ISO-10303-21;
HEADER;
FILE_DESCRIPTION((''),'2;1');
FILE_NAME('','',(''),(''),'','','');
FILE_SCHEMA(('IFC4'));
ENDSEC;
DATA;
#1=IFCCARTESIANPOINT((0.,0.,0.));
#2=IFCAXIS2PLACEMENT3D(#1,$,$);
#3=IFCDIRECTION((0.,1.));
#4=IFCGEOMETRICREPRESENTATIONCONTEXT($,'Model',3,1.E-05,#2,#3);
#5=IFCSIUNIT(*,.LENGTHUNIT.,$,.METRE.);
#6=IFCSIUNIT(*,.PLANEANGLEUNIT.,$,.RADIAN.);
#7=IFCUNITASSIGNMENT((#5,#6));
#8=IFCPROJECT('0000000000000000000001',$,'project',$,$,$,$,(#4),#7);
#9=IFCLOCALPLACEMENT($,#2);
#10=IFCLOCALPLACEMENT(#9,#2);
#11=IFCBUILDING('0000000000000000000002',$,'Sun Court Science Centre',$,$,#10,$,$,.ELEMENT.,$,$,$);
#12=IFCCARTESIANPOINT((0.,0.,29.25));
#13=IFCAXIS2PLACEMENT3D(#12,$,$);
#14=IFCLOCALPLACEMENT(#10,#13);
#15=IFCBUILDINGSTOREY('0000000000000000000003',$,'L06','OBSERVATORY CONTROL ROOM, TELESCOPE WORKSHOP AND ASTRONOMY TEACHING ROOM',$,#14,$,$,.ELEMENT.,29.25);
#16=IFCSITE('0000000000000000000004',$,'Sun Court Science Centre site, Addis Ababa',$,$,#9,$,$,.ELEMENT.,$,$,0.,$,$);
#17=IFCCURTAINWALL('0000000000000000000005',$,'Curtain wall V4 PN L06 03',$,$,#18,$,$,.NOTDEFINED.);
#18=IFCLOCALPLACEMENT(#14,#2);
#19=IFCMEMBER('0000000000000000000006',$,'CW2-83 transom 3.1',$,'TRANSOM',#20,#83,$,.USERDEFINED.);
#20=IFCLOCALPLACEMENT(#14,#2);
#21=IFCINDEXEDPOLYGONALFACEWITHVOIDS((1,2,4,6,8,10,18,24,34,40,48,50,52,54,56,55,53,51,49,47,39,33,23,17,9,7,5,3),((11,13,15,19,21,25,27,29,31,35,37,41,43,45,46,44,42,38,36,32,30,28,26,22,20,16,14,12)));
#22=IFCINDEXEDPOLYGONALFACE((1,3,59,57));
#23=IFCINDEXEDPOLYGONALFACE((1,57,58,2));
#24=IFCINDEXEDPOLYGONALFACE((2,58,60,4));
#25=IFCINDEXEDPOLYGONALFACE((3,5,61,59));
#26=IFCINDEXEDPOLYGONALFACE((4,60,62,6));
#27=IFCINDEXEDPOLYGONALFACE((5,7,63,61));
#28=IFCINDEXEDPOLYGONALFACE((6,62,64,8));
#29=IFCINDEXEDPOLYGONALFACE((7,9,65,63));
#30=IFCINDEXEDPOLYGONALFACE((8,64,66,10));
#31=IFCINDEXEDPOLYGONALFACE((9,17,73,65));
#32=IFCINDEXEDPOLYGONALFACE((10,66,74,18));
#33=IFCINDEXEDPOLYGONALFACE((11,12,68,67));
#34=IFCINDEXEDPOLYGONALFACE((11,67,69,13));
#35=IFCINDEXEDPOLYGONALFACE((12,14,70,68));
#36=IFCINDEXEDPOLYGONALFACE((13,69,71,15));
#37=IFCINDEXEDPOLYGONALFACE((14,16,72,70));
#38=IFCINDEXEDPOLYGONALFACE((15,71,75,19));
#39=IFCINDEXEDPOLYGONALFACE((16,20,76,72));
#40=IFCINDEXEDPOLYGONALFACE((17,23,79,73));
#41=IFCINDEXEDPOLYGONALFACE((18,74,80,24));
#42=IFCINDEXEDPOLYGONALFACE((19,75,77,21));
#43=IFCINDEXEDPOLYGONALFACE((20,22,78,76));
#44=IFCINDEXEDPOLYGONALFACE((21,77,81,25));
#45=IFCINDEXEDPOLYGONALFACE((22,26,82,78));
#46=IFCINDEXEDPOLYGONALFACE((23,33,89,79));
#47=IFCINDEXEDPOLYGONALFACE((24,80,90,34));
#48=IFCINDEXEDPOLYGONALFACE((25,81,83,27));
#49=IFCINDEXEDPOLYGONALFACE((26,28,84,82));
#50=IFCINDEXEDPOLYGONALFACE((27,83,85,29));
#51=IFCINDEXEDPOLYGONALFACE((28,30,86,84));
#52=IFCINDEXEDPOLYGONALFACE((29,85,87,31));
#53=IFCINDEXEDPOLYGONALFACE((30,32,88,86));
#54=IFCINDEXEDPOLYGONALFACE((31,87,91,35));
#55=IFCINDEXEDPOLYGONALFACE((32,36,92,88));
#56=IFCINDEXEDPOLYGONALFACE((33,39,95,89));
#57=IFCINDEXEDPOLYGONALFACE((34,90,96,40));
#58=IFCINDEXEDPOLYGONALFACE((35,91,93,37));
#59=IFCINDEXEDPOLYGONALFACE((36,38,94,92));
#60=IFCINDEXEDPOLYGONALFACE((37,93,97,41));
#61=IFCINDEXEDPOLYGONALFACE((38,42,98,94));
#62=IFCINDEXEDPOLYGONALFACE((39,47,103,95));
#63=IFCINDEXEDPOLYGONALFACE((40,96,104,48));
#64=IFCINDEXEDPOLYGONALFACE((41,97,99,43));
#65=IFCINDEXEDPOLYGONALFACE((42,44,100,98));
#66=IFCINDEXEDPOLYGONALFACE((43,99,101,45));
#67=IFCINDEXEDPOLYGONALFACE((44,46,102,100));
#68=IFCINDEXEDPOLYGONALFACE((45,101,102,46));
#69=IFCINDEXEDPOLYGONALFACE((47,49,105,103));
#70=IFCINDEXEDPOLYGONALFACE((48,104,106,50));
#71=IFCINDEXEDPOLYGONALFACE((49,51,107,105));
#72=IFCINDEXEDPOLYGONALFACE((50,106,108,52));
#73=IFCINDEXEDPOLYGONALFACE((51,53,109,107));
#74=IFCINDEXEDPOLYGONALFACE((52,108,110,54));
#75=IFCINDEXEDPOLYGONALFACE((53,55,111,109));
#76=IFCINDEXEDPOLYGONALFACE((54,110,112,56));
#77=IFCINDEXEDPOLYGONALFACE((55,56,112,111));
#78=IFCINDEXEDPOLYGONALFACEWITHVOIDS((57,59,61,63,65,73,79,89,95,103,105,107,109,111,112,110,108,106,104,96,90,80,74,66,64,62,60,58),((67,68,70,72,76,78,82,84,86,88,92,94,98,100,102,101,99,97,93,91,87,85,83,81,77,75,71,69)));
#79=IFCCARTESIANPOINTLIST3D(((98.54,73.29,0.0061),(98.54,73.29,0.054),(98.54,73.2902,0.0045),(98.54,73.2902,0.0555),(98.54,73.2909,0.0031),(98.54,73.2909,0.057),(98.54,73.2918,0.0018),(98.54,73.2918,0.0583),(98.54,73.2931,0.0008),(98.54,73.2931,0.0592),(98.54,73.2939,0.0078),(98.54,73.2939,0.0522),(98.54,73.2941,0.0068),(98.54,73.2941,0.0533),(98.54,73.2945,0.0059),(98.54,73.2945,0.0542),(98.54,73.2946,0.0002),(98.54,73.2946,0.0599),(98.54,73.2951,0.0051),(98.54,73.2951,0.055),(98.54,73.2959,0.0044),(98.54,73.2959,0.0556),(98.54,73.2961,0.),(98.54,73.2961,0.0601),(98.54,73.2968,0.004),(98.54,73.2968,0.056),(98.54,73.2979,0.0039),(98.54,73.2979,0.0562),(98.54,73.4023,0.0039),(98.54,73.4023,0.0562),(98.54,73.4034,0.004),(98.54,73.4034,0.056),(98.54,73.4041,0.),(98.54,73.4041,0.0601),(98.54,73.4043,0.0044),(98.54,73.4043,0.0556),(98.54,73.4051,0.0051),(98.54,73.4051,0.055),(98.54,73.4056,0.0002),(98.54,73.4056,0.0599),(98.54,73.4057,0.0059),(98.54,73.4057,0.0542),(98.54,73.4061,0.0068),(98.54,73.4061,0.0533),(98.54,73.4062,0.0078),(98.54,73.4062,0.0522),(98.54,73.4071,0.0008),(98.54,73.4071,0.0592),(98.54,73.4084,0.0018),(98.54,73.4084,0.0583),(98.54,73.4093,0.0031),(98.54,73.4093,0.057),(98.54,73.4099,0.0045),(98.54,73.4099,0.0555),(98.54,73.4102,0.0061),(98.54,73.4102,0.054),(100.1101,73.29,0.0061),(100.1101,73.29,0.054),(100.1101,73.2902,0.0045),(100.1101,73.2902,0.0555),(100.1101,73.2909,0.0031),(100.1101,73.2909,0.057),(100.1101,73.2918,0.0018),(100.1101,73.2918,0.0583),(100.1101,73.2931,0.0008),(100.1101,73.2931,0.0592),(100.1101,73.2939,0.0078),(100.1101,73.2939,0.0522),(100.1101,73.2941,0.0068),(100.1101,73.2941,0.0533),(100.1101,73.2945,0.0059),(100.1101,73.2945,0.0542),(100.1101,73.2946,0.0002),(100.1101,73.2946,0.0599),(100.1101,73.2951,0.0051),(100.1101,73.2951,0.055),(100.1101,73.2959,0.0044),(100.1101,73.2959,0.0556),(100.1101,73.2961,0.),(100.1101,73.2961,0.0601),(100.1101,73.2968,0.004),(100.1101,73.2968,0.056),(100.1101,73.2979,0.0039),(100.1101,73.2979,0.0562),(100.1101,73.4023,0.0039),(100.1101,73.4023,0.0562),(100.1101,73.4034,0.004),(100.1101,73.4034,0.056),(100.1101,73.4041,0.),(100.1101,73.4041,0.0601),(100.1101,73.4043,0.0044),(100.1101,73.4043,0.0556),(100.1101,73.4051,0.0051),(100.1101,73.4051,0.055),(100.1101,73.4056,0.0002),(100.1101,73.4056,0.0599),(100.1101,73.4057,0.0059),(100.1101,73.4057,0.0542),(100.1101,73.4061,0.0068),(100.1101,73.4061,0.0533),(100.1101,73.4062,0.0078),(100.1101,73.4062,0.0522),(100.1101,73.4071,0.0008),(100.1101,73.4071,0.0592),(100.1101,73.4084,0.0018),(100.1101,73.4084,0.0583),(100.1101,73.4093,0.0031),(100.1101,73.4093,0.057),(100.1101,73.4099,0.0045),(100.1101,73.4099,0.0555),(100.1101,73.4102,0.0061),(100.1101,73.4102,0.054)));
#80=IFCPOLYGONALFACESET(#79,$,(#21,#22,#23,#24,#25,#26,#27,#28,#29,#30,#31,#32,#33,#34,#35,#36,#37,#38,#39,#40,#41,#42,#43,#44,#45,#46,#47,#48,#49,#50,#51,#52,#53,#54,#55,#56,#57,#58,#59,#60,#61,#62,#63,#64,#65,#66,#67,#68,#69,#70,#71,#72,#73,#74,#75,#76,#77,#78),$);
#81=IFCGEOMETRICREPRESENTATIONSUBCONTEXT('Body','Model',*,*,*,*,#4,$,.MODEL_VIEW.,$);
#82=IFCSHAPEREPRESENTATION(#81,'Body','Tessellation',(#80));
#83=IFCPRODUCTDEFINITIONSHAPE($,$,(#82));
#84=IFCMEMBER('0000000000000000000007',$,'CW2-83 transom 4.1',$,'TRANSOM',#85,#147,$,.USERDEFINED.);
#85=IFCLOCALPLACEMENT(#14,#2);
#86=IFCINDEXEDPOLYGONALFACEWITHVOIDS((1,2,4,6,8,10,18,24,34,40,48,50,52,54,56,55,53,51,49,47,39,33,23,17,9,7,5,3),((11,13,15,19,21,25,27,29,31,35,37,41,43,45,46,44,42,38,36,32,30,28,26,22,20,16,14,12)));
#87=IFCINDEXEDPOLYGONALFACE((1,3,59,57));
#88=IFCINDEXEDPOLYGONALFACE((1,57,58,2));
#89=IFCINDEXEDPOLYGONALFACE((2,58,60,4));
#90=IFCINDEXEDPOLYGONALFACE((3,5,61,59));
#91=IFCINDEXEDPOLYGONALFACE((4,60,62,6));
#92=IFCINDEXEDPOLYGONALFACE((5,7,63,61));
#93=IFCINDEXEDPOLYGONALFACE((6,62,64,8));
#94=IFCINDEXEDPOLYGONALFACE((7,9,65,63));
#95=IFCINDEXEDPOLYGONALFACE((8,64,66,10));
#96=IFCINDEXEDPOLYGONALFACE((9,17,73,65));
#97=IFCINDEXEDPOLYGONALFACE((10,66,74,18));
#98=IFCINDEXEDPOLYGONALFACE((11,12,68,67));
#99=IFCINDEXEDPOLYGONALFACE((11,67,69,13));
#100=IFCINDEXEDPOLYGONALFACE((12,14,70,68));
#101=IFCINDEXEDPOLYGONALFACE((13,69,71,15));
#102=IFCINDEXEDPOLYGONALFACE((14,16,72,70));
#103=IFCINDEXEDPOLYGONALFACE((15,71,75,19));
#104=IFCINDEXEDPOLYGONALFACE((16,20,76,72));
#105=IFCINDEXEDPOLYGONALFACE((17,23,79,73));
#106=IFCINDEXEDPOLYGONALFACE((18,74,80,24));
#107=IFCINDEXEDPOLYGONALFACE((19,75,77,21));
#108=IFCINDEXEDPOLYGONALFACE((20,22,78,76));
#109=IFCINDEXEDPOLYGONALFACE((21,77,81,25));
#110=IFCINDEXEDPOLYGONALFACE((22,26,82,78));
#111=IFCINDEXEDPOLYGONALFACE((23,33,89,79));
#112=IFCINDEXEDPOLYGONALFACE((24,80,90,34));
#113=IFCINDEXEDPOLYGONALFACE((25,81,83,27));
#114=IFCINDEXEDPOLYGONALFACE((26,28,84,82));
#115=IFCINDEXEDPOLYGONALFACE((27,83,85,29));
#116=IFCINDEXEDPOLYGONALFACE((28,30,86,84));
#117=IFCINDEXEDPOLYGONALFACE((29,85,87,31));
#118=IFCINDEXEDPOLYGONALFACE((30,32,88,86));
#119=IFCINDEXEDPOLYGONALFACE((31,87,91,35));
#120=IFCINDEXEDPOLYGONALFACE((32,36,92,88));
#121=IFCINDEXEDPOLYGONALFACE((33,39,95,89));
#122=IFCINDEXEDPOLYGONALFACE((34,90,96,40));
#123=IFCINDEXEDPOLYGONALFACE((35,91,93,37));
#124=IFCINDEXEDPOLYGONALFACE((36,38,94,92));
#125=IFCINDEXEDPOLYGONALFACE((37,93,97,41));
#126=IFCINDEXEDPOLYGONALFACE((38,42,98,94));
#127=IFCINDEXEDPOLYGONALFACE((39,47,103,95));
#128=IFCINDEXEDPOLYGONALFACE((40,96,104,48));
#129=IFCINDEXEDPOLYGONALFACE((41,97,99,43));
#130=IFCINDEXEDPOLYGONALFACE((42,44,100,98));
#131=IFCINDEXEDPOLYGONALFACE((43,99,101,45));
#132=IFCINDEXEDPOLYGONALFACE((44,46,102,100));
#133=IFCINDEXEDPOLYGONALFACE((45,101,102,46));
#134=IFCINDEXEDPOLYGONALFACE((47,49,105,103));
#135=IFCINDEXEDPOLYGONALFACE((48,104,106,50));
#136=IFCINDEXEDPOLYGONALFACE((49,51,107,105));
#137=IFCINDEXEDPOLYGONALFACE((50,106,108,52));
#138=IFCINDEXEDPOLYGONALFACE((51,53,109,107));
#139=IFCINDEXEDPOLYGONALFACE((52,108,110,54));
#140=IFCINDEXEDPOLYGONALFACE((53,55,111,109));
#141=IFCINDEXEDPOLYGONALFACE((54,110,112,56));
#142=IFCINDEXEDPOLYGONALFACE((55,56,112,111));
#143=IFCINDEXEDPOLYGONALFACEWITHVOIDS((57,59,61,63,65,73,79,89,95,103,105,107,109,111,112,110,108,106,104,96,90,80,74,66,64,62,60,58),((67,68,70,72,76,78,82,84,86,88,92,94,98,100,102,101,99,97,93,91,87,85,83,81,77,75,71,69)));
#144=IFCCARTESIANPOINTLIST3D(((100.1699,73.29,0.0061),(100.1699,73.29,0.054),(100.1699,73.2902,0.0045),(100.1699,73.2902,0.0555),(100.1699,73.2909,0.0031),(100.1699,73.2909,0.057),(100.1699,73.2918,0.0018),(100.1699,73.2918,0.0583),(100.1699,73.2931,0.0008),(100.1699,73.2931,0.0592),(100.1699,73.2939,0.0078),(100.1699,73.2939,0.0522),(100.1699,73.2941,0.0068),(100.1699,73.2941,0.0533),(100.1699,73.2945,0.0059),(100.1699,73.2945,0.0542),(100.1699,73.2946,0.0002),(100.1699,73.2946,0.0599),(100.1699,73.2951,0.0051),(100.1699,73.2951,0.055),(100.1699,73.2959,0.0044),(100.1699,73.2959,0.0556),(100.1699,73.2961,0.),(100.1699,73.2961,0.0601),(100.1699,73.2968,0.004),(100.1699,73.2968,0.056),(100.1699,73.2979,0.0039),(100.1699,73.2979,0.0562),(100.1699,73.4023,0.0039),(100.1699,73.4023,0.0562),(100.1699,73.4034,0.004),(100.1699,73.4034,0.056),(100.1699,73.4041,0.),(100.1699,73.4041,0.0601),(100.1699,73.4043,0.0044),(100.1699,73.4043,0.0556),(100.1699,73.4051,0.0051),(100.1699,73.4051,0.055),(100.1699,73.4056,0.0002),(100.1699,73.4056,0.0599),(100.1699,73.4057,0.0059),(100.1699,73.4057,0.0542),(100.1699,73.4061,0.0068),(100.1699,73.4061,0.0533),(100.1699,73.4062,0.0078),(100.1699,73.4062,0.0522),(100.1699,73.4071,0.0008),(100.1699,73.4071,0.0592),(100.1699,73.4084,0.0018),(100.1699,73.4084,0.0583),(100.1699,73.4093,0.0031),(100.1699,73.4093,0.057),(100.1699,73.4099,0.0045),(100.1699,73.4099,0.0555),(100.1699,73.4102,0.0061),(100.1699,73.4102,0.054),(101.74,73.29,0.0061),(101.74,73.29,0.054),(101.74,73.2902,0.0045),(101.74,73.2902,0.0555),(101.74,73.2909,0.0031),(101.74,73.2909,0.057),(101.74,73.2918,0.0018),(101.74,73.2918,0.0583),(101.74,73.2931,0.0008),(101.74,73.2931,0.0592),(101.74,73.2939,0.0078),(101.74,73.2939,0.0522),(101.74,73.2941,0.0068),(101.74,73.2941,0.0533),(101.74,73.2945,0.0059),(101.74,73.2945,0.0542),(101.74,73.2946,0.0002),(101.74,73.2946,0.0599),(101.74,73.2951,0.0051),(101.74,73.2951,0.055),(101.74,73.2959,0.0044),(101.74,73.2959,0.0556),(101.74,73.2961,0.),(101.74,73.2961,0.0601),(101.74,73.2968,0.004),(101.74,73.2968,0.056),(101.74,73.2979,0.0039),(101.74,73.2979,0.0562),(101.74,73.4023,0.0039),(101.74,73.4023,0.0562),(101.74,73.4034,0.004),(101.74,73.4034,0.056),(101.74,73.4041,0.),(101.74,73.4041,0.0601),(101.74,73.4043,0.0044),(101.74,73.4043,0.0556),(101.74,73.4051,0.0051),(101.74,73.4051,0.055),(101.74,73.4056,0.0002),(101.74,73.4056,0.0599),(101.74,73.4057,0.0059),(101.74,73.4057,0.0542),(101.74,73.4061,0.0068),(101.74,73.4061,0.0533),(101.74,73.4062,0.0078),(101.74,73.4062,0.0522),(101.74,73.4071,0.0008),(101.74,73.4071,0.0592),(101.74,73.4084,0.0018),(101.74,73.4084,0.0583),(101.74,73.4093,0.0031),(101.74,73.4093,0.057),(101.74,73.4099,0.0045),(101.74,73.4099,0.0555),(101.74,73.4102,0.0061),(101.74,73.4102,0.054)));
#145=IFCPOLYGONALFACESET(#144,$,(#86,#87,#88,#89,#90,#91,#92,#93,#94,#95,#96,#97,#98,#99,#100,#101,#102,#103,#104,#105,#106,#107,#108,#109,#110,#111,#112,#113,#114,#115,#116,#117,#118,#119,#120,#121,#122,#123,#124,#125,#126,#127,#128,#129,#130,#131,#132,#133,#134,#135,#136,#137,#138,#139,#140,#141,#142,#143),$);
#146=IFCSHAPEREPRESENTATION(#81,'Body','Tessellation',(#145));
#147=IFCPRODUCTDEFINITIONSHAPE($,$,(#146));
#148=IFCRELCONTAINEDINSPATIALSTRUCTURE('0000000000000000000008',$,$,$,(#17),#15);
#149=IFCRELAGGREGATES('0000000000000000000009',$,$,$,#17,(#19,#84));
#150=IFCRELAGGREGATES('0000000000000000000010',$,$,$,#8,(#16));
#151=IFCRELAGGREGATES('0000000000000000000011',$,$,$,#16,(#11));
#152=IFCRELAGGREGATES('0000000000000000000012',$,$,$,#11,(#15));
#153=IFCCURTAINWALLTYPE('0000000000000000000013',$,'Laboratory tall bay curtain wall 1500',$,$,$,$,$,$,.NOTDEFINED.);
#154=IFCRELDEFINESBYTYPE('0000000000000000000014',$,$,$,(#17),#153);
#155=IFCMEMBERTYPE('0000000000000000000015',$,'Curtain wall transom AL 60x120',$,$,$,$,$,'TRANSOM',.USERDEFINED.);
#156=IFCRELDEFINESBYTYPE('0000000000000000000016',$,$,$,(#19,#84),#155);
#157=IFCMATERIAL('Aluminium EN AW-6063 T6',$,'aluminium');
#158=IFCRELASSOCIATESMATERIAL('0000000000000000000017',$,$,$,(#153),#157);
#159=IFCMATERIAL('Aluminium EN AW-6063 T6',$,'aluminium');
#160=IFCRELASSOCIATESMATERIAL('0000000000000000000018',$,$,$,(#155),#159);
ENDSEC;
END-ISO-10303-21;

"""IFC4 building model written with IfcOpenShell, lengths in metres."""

from ifc_helpers import new_model, si_unit, direction, frame, origin, origin_2d, place, context, subcontext, project, spatial, hollow_rectangle, extrude, material, material_profile, profile_set, type_object, element, aggregate, save


model = new_model("IFC4")

# Units and contexts
model_context = context("Model", 3, precision=1e-05, world=origin(), true_north=direction((0.0, 1.0)))
body_context = subcontext(model_context, "Body", "Model", "MODEL_VIEW")
ifc_project = project(units=[si_unit("LENGTHUNIT", "METRE"), si_unit("PLANEANGLEUNIT", "RADIAN")], contexts=[model_context])

# Site, building, storey
site_placement = place(None, origin())
site = spatial("IfcSite", under=ifc_project, at=site_placement, Name="Sun Court Science Centre site, Addis Ababa", CompositionType="ELEMENT", RefElevation=0.0)
building_placement = place(site_placement, origin())
building = spatial("IfcBuilding", under=site, at=building_placement, Name="Sun Court Science Centre", CompositionType="ELEMENT")
storey_placement = place(building_placement, frame((0.0, 0.0, 29.25)))
storey = spatial("IfcBuildingStorey", under=building, at=storey_placement, Name="L06", Description="OBSERVATORY CONTROL ROOM, TELESCOPE WORKSHOP AND ASTRONOMY TEACHING ROOM", CompositionType="ELEMENT", Elevation=29.25)

# Curtain wall, members
ifc_material_1 = material(Name="Aluminium EN AW-6063 T6", Category="aluminium")
curtain_wall_type = type_object("IfcCurtainWallType", Name="Laboratory tall bay curtain wall 1500", PredefinedType="NOTDEFINED", material=ifc_material_1)
curtain_wall_placement = place(storey_placement, origin())
curtain_wall = element("IfcCurtainWall", 1, at=curtain_wall_placement, inside=storey, type_object=curtain_wall_type, Name="Curtain wall V4 PN L06 03", PredefinedType="NOTDEFINED")
ifc_material_2 = material(Name="Aluminium EN AW-6063 T6", Category="aluminium")
ifc_material_profile_1 = material_profile(ifc_material_2, hollow_rectangle(XDim=0.0601, YDim=0.1201, WallThickness=0.0039, InnerFilletRadius=0.0039, OuterFilletRadius=0.0061, at=origin_2d()), Name="AL 60x120x4")
ifc_profile_set_1 = profile_set([ifc_material_profile_1], Name="Aluminium EN AW-6063 T6")
member_type_1 = type_object("IfcMemberType", Name="Curtain wall transom AL 60x120", ElementType="TRANSOM", PredefinedType="USERDEFINED", material=ifc_profile_set_1)
member_1_placement = place(storey_placement, frame((98.54, 73.3501, 0.03), z_axis=(1.0, 0.0, 0.0), x_axis=(0.0, 0.0, 1.0)))
member_1 = element("IfcMember", 2, at=member_1_placement, type_object=member_type_1, Name="CW2-83 transom 3.1", ObjectType="TRANSOM", PredefinedType="USERDEFINED", context=body_context, shape_type="SweptSolid", body=[
    extrude(hollow_rectangle(XDim=0.0601, YDim=0.1201, WallThickness=0.0039, InnerFilletRadius=0.0039, OuterFilletRadius=0.0061, at=origin_2d()), origin(), (0.0, 0.0, 1.0), 1.5701),
])
member_2_placement = place(storey_placement, frame((100.1699, 73.3501, 0.03), z_axis=(1.0, 0.0, 0.0), x_axis=(0.0, 0.0, 1.0)))
member_2 = element("IfcMember", 3, at=member_2_placement, type_object=member_type_1, Name="CW2-83 transom 4.1", ObjectType="TRANSOM", PredefinedType="USERDEFINED", context=body_context, shape_type="SweptSolid", body=[
    extrude(hollow_rectangle(XDim=0.0601, YDim=0.1201, WallThickness=0.0039, InnerFilletRadius=0.0039, OuterFilletRadius=0.0061, at=origin_2d()), origin(), (0.0, 0.0, 1.0), 1.5701),
])

aggregate(curtain_wall, [member_1, member_2])

save(model, "model.ifc")
